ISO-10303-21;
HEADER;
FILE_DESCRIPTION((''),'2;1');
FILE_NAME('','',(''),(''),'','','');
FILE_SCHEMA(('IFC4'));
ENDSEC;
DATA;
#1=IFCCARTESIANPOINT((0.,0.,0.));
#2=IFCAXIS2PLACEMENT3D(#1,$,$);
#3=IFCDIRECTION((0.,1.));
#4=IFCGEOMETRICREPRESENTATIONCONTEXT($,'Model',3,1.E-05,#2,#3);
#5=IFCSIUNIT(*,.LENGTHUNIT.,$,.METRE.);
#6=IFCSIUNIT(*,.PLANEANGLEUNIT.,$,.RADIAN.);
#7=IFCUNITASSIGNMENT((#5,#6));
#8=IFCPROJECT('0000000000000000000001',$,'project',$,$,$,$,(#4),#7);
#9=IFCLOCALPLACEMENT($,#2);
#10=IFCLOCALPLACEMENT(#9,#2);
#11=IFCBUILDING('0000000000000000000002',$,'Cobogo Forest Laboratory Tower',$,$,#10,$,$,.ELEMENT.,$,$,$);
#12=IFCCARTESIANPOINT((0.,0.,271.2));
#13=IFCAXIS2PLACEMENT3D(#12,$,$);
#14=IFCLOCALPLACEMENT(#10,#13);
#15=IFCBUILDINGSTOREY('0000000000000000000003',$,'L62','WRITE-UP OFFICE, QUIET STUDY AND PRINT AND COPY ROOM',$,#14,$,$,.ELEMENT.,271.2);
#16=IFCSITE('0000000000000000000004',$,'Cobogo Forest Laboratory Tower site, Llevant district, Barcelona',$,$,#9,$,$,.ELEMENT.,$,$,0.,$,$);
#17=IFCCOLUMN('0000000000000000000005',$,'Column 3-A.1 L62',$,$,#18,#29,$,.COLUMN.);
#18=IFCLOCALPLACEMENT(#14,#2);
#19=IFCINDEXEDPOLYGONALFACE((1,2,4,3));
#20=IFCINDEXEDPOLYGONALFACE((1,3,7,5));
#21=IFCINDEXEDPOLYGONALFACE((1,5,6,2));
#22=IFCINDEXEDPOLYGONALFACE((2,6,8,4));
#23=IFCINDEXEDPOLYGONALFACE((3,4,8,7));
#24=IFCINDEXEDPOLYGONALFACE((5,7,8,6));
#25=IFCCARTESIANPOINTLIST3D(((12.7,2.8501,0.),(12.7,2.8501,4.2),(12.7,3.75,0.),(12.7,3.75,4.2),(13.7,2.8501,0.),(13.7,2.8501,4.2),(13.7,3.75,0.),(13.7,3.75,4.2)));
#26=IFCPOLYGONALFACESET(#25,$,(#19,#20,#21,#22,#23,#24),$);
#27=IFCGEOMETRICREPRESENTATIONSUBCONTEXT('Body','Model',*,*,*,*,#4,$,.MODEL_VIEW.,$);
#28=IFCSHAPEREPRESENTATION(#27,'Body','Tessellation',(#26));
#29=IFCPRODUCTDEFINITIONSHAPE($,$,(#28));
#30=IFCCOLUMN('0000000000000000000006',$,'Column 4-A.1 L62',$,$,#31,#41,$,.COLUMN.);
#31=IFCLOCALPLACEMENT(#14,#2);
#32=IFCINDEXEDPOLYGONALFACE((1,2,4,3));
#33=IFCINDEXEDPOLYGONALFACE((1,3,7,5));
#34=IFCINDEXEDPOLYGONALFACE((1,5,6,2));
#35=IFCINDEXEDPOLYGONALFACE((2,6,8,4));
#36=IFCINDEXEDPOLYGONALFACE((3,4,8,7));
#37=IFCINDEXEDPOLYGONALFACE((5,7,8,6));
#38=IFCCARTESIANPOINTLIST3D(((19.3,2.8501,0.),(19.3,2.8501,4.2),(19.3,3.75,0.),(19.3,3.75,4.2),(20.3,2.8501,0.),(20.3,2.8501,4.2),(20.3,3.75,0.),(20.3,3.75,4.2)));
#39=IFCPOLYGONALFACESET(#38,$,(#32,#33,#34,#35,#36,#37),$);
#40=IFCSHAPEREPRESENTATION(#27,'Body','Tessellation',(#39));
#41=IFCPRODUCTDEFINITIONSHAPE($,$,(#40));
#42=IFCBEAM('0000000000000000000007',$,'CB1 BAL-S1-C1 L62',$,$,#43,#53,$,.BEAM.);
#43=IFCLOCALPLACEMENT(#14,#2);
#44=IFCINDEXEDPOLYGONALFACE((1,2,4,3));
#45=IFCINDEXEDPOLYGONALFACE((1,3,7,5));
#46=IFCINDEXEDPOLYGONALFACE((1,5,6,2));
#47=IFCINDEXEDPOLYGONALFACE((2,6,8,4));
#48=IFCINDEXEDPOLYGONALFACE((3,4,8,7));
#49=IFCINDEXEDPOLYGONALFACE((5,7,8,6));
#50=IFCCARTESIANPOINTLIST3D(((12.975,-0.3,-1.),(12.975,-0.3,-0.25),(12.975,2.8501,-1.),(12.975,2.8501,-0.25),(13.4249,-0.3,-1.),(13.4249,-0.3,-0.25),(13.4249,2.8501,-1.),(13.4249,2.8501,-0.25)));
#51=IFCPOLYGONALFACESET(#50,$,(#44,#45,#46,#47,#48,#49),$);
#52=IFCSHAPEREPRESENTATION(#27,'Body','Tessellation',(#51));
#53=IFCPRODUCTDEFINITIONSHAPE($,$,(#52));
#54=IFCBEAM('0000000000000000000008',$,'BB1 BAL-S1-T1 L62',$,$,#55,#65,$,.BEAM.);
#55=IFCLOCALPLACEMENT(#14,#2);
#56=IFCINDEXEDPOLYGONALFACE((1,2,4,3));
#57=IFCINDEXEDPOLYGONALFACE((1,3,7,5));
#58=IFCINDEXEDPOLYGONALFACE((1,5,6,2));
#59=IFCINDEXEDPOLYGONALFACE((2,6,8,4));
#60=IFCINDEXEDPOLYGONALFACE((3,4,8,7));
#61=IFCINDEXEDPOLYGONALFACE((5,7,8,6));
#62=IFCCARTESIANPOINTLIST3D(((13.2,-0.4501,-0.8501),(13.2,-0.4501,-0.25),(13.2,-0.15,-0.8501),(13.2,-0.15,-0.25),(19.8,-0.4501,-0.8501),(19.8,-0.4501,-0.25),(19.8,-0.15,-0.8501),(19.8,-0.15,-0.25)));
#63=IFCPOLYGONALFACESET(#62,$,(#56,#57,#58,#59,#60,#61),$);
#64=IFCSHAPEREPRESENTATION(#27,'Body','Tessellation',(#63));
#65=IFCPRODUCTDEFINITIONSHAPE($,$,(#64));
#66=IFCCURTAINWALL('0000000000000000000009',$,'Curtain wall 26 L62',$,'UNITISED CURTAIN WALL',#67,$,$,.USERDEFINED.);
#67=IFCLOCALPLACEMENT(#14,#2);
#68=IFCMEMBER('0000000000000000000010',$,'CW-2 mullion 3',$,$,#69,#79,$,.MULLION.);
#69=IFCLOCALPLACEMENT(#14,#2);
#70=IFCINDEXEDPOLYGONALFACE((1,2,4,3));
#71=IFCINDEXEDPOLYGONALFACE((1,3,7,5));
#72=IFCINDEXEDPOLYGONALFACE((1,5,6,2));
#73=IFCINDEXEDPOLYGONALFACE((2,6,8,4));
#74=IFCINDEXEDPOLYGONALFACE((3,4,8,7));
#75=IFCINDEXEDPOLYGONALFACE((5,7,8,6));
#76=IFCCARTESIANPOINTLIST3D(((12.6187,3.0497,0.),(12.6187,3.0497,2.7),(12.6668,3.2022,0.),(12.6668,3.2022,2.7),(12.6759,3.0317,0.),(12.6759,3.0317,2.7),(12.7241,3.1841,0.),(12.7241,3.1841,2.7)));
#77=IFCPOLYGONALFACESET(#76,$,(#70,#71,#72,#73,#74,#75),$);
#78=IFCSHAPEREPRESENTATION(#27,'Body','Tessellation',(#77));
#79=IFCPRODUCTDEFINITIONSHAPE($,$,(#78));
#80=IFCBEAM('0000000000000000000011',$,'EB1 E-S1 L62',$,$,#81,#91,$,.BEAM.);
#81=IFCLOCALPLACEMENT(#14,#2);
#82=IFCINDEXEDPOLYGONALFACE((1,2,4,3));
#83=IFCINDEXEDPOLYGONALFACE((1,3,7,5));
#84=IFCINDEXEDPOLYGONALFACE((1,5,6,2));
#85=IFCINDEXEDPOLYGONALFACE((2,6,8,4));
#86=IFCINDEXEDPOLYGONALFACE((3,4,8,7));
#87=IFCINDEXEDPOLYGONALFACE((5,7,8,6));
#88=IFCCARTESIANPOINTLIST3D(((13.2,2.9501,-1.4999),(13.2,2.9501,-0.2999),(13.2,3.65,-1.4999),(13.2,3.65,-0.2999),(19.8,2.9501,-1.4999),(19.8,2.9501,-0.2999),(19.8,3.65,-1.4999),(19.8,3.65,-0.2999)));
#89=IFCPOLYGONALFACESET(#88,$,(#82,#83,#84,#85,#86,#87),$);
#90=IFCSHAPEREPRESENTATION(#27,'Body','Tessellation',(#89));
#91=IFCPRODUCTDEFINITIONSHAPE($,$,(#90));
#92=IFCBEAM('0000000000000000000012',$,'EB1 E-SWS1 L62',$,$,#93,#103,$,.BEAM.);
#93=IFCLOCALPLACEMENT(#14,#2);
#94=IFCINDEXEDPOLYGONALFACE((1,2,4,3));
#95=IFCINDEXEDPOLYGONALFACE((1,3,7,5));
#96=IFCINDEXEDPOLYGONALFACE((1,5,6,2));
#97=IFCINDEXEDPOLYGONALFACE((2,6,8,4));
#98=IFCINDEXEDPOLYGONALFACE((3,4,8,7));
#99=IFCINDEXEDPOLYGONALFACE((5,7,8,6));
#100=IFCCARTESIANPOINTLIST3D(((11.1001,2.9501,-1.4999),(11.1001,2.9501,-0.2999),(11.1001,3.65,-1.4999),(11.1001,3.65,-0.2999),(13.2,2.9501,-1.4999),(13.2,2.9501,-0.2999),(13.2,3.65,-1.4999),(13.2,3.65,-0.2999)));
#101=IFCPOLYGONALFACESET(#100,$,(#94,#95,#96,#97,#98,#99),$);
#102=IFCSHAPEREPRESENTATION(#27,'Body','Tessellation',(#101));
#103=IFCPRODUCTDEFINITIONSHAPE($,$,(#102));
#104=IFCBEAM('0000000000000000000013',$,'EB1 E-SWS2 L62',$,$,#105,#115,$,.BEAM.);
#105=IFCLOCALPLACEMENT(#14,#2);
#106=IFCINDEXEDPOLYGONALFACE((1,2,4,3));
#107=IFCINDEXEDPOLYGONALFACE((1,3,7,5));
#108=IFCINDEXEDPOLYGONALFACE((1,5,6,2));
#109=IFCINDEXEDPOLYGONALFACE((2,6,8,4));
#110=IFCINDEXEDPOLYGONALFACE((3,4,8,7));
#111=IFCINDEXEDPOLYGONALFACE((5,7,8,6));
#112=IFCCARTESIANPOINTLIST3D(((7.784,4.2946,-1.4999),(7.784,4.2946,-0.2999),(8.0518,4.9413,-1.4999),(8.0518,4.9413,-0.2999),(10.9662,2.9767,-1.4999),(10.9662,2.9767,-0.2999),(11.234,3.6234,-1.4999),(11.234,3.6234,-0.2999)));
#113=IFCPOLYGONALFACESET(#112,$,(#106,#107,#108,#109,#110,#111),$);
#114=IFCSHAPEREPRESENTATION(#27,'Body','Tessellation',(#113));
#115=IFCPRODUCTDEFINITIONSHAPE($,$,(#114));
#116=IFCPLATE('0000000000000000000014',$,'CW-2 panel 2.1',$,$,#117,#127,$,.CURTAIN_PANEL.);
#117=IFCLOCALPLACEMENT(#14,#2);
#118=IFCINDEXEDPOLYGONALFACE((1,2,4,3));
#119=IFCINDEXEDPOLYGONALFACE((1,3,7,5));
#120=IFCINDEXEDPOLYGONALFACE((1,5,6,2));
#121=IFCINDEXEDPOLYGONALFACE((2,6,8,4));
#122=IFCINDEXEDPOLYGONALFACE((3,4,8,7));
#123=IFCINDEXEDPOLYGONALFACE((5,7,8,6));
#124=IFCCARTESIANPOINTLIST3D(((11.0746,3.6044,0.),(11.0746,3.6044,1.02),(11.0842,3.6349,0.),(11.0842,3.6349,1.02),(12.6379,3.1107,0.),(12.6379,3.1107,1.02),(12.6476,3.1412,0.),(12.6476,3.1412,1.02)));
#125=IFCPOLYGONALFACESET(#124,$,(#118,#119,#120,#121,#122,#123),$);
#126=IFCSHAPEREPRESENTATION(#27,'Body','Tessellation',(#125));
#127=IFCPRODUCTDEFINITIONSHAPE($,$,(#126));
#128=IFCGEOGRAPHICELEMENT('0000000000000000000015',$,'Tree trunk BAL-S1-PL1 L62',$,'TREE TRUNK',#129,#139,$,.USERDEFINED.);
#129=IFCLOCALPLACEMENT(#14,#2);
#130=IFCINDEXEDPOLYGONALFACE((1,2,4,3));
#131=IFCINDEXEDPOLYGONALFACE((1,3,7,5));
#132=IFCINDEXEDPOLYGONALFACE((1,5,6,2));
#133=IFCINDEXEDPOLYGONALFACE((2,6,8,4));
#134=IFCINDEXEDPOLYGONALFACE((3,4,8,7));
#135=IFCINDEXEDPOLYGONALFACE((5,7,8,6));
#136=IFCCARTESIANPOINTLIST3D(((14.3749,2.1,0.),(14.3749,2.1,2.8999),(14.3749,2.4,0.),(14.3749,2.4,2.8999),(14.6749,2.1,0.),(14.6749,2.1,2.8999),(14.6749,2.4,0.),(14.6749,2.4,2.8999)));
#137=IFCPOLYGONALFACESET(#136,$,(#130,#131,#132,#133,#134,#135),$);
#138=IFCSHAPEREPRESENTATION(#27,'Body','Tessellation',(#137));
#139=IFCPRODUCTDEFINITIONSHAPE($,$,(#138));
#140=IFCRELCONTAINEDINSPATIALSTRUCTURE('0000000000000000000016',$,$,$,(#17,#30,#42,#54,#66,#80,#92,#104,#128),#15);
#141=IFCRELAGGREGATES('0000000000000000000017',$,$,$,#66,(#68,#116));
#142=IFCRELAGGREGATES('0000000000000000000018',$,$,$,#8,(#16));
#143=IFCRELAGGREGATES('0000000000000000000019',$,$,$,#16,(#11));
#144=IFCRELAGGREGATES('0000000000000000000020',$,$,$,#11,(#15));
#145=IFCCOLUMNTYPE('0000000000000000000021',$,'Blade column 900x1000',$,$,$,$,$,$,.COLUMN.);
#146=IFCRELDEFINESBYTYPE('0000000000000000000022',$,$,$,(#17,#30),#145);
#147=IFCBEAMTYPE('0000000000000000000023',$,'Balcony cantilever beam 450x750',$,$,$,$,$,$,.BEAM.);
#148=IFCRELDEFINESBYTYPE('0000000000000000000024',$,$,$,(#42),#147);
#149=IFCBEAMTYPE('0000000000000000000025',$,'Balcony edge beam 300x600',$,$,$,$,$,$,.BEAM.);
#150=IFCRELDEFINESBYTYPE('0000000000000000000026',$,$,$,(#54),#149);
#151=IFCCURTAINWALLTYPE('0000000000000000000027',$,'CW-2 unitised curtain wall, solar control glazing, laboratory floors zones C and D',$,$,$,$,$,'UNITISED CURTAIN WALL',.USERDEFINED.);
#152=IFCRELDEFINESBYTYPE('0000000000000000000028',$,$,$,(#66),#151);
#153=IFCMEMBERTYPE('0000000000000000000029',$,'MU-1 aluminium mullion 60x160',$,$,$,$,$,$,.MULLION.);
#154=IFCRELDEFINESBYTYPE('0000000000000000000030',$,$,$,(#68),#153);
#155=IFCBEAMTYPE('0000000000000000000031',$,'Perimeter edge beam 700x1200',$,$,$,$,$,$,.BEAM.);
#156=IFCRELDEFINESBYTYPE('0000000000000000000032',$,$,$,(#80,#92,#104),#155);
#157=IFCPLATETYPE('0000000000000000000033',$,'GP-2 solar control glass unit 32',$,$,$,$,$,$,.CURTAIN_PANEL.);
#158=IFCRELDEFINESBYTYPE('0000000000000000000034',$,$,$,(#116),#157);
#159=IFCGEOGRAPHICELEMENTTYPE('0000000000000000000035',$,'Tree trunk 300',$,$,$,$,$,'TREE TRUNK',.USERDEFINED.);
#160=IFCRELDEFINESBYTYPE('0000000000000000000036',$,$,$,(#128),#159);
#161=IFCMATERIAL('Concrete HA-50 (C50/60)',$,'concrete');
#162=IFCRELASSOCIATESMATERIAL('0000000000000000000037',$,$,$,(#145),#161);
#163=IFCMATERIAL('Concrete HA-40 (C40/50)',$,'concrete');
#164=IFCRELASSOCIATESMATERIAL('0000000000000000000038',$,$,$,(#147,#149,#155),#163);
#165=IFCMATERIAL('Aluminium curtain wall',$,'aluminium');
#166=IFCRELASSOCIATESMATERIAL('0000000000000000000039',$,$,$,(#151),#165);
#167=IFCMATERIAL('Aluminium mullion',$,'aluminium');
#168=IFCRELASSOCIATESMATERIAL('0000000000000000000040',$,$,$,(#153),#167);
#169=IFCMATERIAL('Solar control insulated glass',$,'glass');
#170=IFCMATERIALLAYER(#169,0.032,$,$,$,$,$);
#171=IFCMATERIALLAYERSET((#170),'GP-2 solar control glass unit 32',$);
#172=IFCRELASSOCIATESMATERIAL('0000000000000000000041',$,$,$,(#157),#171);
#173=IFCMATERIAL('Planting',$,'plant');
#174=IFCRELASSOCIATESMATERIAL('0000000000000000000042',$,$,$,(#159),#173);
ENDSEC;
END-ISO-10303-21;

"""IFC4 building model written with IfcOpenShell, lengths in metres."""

from ifc_helpers import new_model, si_unit, direction, frame, origin, origin_2d, place, context, subcontext, project, spatial, rectangle, extrude, material, layer, layer_set, material_profile, profile_set, type_object, element, aggregate, save


model = new_model("IFC4")

# Units and contexts
model_context = context("Model", 3, precision=1e-05, world=origin(), true_north=direction((0.0, 1.0)))
body_context = subcontext(model_context, "Body", "Model", "MODEL_VIEW")
ifc_project = project(units=[si_unit("LENGTHUNIT", "METRE"), si_unit("PLANEANGLEUNIT", "RADIAN")], contexts=[model_context])

# Site, building, storey
site_placement = place(None, origin())
site = spatial("IfcSite", under=ifc_project, at=site_placement, Name="Cobogo Forest Laboratory Tower site, Llevant district, Barcelona", CompositionType="ELEMENT", RefElevation=0.0)
building_placement = place(site_placement, origin())
building = spatial("IfcBuilding", under=site, at=building_placement, Name="Cobogo Forest Laboratory Tower", CompositionType="ELEMENT")
storey_placement = place(building_placement, frame((0.0, 0.0, 271.2)))
storey = spatial("IfcBuildingStorey", under=building, at=storey_placement, Name="L62", Description="WRITE-UP OFFICE, QUIET STUDY AND PRINT AND COPY ROOM", CompositionType="ELEMENT", Elevation=271.2)

# Columns
ifc_material_1 = material(Name="Concrete HA-50 (C50/60)", Category="concrete")
ifc_material_profile_1 = material_profile(ifc_material_1, rectangle(XDim=1.0, YDim=0.8999, at=origin_2d()), Name="RC 900x1000")
ifc_profile_set_1 = profile_set([ifc_material_profile_1], Name="Concrete HA-50 (C50/60)")
column_type = type_object("IfcColumnType", Name="Blade column 900x1000", PredefinedType="COLUMN", material=ifc_profile_set_1)
for number, where, z_axis, x_axis, name in (
    (1, (13.2, 3.3, 0.0), (0.0, 0.0, 1.0), (1.0, 0.0, 0.0), "Column 3-A.1 L62"),
    (2, (19.8, 3.3, 0.0), (0.0, 0.0, 1.0), (1.0, 0.0, 0.0), "Column 4-A.1 L62"),
):
    element("IfcColumn", number, at=place(storey_placement, frame(where, z_axis=z_axis, x_axis=x_axis)), inside=storey, type_object=column_type, Name=name, PredefinedType="COLUMN", context=body_context, shape_type="SweptSolid", body=[
        extrude(rectangle(XDim=1.0, YDim=0.8999, at=origin_2d()), origin(), (0.0, 0.0, 1.0), 4.2),
    ])

# Beams
ifc_material_2 = material(Name="Concrete HA-40 (C40/50)", Category="concrete")
ifc_material_profile_2 = material_profile(ifc_material_2, rectangle(XDim=0.45, YDim=0.75, at=origin_2d()), Name="RC 450x750")
ifc_profile_set_2 = profile_set([ifc_material_profile_2], Name="Concrete HA-40 (C40/50)")
beam_type_1 = type_object("IfcBeamType", Name="Balcony cantilever beam 450x750", PredefinedType="BEAM", material=ifc_profile_set_2)
beam_1_placement = place(storey_placement, frame((13.2, 2.8501, -0.625), z_axis=(0.0, -1.0, 0.0), x_axis=(1.0, 0.0, 0.0)))
element("IfcBeam", 3, at=beam_1_placement, inside=storey, type_object=beam_type_1, Name="CB1 BAL-S1-C1 L62", PredefinedType="BEAM", context=body_context, shape_type="SweptSolid", body=[
    extrude(rectangle(XDim=0.45, YDim=0.75, at=origin_2d()), origin(), (0.0, 0.0, 1.0), 3.1501),
])
ifc_material_profile_3 = material_profile(ifc_material_2, rectangle(XDim=0.3, YDim=0.6001, at=origin_2d()), Name="RC 300x600")
ifc_profile_set_3 = profile_set([ifc_material_profile_3], Name="Concrete HA-40 (C40/50)")
beam_type_2 = type_object("IfcBeamType", Name="Balcony edge beam 300x600", PredefinedType="BEAM", material=ifc_profile_set_3)
beam_2_placement = place(storey_placement, frame((13.2, -0.3, -0.55), z_axis=(1.0, 0.0, 0.0), x_axis=(0.0, 1.0, 0.0)))
element("IfcBeam", 4, at=beam_2_placement, inside=storey, type_object=beam_type_2, Name="BB1 BAL-S1-T1 L62", PredefinedType="BEAM", context=body_context, shape_type="SweptSolid", body=[
    extrude(rectangle(XDim=0.3, YDim=0.6001, at=origin_2d()), origin(), (0.0, 0.0, 1.0), 6.6001),
])

# Curtain wall, member
ifc_material_3 = material(Name="Aluminium curtain wall", Category="aluminium")
curtain_wall_type = type_object("IfcCurtainWallType", Name="CW-2 unitised curtain wall, solar control glazing, laboratory floors zones C and D", ElementType="UNITISED CURTAIN WALL", PredefinedType="USERDEFINED", material=ifc_material_3)
curtain_wall_placement = place(storey_placement, origin())
curtain_wall = element("IfcCurtainWall", 5, at=curtain_wall_placement, inside=storey, type_object=curtain_wall_type, Name="Curtain wall 26 L62", ObjectType="UNITISED CURTAIN WALL", PredefinedType="USERDEFINED")
ifc_material_4 = material(Name="Aluminium mullion", Category="aluminium")
ifc_material_profile_4 = material_profile(ifc_material_4, rectangle(XDim=0.0601, YDim=0.1599, at=origin_2d()), Name="AL 60x160")
ifc_profile_set_4 = profile_set([ifc_material_profile_4], Name="Aluminium mullion")
member_type = type_object("IfcMemberType", Name="MU-1 aluminium mullion 60x160", PredefinedType="MULLION", material=ifc_profile_set_4)
member_placement = place(storey_placement, frame((12.6714, 3.1169, 0.0), z_axis=(0.0, 0.0, 1.0), x_axis=(0.953581, -0.301135, 0.0)))
member = element("IfcMember", 6, at=member_placement, type_object=member_type, Name="CW-2 mullion 3", PredefinedType="MULLION", context=body_context, shape_type="SweptSolid", body=[
    extrude(rectangle(XDim=0.0601, YDim=0.1599, at=origin_2d()), origin(), (0.0, 0.0, 1.0), 2.7),
])

# Beams
ifc_material_profile_5 = material_profile(ifc_material_2, rectangle(XDim=0.7, YDim=1.2, at=origin_2d()), Name="RC 700x1200")
ifc_profile_set_5 = profile_set([ifc_material_profile_5], Name="Concrete HA-40 (C40/50)")
beam_type_3 = type_object("IfcBeamType", Name="Perimeter edge beam 700x1200", PredefinedType="BEAM", material=ifc_profile_set_5)
beam_3_placement = place(storey_placement, frame((13.2, 3.3, -0.8999), z_axis=(1.0, 0.0, 0.0), x_axis=(0.0, 1.0, 0.0)))
element("IfcBeam", 7, at=beam_3_placement, inside=storey, type_object=beam_type_3, Name="EB1 E-S1 L62", PredefinedType="BEAM", context=body_context, shape_type="SweptSolid", body=[
    extrude(rectangle(XDim=0.7, YDim=1.2, at=origin_2d()), origin(), (0.0, 0.0, 1.0), 6.6001),
])
beam_4_placement = place(storey_placement, frame((13.2, 3.3, -0.8999), z_axis=(-1.0, 0.0, 0.0), x_axis=(0.0, -1.0, 0.0)))
element("IfcBeam", 8, at=beam_4_placement, inside=storey, type_object=beam_type_3, Name="EB1 E-SWS1 L62", PredefinedType="BEAM", context=body_context, shape_type="SweptSolid", body=[
    extrude(rectangle(XDim=0.7, YDim=1.2, at=origin_2d()), origin(), (0.0, 0.0, 1.0), 2.0999),
])
beam_5_placement = place(storey_placement, frame((11.1001, 3.3, -0.8999), z_axis=(-0.923901, 0.382631, 0.0), x_axis=(-0.382631, -0.923901, 0.0)))
element("IfcBeam", 9, at=beam_5_placement, inside=storey, type_object=beam_type_3, Name="EB1 E-SWS2 L62", PredefinedType="BEAM", context=body_context, shape_type="SweptSolid", body=[
    extrude(rectangle(XDim=0.7, YDim=1.2, at=origin_2d()), origin(), (0.0, 0.0, 1.0), 3.4443),
])

# Plate
ifc_material_5 = material(Name="Solar control insulated glass", Category="glass")
ifc_layer_1 = layer(ifc_material_5, 0.032)
ifc_layer_set_1 = layer_set([ifc_layer_1], Name="GP-2 solar control glass unit 32")
plate_type = type_object("IfcPlateType", Name="GP-2 solar control glass unit 32", PredefinedType="CURTAIN_PANEL", material=ifc_layer_set_1)
plate_placement = place(storey_placement, frame((11.8611, 3.3728, 0.0), z_axis=(0.0, 0.0, 1.0), x_axis=(0.953581, -0.301135, 0.0)))
plate = element("IfcPlate", 10, at=plate_placement, type_object=plate_type, Name="CW-2 panel 2.1", PredefinedType="CURTAIN_PANEL", context=body_context, shape_type="SweptSolid", body=[
    extrude(rectangle(XDim=1.6394, YDim=0.032, at=origin_2d()), origin(), (0.0, 0.0, 1.0), 1.02),
])
aggregate(curtain_wall, [member, plate])

# Geographic element
ifc_material_6 = material(Name="Planting", Category="plant")
geographic_element_type = type_object("IfcGeographicElementType", Name="Tree trunk 300", ElementType="TREE TRUNK", PredefinedType="USERDEFINED", material=ifc_material_6)
geographic_element_placement = place(storey_placement, frame((14.5249, 2.25, 0.0), z_axis=(0.0, 0.0, 1.0), x_axis=(1.0, 0.0, 0.0)))
element("IfcGeographicElement", 11, at=geographic_element_placement, inside=storey, type_object=geographic_element_type, Name="Tree trunk BAL-S1-PL1 L62", ObjectType="TREE TRUNK", PredefinedType="USERDEFINED", context=body_context, shape_type="SweptSolid", body=[
    extrude(rectangle(XDim=0.3, YDim=0.3, at=origin_2d()), origin(), (0.0, 0.0, 1.0), 2.8999),
])

save(model, "model.ifc")
